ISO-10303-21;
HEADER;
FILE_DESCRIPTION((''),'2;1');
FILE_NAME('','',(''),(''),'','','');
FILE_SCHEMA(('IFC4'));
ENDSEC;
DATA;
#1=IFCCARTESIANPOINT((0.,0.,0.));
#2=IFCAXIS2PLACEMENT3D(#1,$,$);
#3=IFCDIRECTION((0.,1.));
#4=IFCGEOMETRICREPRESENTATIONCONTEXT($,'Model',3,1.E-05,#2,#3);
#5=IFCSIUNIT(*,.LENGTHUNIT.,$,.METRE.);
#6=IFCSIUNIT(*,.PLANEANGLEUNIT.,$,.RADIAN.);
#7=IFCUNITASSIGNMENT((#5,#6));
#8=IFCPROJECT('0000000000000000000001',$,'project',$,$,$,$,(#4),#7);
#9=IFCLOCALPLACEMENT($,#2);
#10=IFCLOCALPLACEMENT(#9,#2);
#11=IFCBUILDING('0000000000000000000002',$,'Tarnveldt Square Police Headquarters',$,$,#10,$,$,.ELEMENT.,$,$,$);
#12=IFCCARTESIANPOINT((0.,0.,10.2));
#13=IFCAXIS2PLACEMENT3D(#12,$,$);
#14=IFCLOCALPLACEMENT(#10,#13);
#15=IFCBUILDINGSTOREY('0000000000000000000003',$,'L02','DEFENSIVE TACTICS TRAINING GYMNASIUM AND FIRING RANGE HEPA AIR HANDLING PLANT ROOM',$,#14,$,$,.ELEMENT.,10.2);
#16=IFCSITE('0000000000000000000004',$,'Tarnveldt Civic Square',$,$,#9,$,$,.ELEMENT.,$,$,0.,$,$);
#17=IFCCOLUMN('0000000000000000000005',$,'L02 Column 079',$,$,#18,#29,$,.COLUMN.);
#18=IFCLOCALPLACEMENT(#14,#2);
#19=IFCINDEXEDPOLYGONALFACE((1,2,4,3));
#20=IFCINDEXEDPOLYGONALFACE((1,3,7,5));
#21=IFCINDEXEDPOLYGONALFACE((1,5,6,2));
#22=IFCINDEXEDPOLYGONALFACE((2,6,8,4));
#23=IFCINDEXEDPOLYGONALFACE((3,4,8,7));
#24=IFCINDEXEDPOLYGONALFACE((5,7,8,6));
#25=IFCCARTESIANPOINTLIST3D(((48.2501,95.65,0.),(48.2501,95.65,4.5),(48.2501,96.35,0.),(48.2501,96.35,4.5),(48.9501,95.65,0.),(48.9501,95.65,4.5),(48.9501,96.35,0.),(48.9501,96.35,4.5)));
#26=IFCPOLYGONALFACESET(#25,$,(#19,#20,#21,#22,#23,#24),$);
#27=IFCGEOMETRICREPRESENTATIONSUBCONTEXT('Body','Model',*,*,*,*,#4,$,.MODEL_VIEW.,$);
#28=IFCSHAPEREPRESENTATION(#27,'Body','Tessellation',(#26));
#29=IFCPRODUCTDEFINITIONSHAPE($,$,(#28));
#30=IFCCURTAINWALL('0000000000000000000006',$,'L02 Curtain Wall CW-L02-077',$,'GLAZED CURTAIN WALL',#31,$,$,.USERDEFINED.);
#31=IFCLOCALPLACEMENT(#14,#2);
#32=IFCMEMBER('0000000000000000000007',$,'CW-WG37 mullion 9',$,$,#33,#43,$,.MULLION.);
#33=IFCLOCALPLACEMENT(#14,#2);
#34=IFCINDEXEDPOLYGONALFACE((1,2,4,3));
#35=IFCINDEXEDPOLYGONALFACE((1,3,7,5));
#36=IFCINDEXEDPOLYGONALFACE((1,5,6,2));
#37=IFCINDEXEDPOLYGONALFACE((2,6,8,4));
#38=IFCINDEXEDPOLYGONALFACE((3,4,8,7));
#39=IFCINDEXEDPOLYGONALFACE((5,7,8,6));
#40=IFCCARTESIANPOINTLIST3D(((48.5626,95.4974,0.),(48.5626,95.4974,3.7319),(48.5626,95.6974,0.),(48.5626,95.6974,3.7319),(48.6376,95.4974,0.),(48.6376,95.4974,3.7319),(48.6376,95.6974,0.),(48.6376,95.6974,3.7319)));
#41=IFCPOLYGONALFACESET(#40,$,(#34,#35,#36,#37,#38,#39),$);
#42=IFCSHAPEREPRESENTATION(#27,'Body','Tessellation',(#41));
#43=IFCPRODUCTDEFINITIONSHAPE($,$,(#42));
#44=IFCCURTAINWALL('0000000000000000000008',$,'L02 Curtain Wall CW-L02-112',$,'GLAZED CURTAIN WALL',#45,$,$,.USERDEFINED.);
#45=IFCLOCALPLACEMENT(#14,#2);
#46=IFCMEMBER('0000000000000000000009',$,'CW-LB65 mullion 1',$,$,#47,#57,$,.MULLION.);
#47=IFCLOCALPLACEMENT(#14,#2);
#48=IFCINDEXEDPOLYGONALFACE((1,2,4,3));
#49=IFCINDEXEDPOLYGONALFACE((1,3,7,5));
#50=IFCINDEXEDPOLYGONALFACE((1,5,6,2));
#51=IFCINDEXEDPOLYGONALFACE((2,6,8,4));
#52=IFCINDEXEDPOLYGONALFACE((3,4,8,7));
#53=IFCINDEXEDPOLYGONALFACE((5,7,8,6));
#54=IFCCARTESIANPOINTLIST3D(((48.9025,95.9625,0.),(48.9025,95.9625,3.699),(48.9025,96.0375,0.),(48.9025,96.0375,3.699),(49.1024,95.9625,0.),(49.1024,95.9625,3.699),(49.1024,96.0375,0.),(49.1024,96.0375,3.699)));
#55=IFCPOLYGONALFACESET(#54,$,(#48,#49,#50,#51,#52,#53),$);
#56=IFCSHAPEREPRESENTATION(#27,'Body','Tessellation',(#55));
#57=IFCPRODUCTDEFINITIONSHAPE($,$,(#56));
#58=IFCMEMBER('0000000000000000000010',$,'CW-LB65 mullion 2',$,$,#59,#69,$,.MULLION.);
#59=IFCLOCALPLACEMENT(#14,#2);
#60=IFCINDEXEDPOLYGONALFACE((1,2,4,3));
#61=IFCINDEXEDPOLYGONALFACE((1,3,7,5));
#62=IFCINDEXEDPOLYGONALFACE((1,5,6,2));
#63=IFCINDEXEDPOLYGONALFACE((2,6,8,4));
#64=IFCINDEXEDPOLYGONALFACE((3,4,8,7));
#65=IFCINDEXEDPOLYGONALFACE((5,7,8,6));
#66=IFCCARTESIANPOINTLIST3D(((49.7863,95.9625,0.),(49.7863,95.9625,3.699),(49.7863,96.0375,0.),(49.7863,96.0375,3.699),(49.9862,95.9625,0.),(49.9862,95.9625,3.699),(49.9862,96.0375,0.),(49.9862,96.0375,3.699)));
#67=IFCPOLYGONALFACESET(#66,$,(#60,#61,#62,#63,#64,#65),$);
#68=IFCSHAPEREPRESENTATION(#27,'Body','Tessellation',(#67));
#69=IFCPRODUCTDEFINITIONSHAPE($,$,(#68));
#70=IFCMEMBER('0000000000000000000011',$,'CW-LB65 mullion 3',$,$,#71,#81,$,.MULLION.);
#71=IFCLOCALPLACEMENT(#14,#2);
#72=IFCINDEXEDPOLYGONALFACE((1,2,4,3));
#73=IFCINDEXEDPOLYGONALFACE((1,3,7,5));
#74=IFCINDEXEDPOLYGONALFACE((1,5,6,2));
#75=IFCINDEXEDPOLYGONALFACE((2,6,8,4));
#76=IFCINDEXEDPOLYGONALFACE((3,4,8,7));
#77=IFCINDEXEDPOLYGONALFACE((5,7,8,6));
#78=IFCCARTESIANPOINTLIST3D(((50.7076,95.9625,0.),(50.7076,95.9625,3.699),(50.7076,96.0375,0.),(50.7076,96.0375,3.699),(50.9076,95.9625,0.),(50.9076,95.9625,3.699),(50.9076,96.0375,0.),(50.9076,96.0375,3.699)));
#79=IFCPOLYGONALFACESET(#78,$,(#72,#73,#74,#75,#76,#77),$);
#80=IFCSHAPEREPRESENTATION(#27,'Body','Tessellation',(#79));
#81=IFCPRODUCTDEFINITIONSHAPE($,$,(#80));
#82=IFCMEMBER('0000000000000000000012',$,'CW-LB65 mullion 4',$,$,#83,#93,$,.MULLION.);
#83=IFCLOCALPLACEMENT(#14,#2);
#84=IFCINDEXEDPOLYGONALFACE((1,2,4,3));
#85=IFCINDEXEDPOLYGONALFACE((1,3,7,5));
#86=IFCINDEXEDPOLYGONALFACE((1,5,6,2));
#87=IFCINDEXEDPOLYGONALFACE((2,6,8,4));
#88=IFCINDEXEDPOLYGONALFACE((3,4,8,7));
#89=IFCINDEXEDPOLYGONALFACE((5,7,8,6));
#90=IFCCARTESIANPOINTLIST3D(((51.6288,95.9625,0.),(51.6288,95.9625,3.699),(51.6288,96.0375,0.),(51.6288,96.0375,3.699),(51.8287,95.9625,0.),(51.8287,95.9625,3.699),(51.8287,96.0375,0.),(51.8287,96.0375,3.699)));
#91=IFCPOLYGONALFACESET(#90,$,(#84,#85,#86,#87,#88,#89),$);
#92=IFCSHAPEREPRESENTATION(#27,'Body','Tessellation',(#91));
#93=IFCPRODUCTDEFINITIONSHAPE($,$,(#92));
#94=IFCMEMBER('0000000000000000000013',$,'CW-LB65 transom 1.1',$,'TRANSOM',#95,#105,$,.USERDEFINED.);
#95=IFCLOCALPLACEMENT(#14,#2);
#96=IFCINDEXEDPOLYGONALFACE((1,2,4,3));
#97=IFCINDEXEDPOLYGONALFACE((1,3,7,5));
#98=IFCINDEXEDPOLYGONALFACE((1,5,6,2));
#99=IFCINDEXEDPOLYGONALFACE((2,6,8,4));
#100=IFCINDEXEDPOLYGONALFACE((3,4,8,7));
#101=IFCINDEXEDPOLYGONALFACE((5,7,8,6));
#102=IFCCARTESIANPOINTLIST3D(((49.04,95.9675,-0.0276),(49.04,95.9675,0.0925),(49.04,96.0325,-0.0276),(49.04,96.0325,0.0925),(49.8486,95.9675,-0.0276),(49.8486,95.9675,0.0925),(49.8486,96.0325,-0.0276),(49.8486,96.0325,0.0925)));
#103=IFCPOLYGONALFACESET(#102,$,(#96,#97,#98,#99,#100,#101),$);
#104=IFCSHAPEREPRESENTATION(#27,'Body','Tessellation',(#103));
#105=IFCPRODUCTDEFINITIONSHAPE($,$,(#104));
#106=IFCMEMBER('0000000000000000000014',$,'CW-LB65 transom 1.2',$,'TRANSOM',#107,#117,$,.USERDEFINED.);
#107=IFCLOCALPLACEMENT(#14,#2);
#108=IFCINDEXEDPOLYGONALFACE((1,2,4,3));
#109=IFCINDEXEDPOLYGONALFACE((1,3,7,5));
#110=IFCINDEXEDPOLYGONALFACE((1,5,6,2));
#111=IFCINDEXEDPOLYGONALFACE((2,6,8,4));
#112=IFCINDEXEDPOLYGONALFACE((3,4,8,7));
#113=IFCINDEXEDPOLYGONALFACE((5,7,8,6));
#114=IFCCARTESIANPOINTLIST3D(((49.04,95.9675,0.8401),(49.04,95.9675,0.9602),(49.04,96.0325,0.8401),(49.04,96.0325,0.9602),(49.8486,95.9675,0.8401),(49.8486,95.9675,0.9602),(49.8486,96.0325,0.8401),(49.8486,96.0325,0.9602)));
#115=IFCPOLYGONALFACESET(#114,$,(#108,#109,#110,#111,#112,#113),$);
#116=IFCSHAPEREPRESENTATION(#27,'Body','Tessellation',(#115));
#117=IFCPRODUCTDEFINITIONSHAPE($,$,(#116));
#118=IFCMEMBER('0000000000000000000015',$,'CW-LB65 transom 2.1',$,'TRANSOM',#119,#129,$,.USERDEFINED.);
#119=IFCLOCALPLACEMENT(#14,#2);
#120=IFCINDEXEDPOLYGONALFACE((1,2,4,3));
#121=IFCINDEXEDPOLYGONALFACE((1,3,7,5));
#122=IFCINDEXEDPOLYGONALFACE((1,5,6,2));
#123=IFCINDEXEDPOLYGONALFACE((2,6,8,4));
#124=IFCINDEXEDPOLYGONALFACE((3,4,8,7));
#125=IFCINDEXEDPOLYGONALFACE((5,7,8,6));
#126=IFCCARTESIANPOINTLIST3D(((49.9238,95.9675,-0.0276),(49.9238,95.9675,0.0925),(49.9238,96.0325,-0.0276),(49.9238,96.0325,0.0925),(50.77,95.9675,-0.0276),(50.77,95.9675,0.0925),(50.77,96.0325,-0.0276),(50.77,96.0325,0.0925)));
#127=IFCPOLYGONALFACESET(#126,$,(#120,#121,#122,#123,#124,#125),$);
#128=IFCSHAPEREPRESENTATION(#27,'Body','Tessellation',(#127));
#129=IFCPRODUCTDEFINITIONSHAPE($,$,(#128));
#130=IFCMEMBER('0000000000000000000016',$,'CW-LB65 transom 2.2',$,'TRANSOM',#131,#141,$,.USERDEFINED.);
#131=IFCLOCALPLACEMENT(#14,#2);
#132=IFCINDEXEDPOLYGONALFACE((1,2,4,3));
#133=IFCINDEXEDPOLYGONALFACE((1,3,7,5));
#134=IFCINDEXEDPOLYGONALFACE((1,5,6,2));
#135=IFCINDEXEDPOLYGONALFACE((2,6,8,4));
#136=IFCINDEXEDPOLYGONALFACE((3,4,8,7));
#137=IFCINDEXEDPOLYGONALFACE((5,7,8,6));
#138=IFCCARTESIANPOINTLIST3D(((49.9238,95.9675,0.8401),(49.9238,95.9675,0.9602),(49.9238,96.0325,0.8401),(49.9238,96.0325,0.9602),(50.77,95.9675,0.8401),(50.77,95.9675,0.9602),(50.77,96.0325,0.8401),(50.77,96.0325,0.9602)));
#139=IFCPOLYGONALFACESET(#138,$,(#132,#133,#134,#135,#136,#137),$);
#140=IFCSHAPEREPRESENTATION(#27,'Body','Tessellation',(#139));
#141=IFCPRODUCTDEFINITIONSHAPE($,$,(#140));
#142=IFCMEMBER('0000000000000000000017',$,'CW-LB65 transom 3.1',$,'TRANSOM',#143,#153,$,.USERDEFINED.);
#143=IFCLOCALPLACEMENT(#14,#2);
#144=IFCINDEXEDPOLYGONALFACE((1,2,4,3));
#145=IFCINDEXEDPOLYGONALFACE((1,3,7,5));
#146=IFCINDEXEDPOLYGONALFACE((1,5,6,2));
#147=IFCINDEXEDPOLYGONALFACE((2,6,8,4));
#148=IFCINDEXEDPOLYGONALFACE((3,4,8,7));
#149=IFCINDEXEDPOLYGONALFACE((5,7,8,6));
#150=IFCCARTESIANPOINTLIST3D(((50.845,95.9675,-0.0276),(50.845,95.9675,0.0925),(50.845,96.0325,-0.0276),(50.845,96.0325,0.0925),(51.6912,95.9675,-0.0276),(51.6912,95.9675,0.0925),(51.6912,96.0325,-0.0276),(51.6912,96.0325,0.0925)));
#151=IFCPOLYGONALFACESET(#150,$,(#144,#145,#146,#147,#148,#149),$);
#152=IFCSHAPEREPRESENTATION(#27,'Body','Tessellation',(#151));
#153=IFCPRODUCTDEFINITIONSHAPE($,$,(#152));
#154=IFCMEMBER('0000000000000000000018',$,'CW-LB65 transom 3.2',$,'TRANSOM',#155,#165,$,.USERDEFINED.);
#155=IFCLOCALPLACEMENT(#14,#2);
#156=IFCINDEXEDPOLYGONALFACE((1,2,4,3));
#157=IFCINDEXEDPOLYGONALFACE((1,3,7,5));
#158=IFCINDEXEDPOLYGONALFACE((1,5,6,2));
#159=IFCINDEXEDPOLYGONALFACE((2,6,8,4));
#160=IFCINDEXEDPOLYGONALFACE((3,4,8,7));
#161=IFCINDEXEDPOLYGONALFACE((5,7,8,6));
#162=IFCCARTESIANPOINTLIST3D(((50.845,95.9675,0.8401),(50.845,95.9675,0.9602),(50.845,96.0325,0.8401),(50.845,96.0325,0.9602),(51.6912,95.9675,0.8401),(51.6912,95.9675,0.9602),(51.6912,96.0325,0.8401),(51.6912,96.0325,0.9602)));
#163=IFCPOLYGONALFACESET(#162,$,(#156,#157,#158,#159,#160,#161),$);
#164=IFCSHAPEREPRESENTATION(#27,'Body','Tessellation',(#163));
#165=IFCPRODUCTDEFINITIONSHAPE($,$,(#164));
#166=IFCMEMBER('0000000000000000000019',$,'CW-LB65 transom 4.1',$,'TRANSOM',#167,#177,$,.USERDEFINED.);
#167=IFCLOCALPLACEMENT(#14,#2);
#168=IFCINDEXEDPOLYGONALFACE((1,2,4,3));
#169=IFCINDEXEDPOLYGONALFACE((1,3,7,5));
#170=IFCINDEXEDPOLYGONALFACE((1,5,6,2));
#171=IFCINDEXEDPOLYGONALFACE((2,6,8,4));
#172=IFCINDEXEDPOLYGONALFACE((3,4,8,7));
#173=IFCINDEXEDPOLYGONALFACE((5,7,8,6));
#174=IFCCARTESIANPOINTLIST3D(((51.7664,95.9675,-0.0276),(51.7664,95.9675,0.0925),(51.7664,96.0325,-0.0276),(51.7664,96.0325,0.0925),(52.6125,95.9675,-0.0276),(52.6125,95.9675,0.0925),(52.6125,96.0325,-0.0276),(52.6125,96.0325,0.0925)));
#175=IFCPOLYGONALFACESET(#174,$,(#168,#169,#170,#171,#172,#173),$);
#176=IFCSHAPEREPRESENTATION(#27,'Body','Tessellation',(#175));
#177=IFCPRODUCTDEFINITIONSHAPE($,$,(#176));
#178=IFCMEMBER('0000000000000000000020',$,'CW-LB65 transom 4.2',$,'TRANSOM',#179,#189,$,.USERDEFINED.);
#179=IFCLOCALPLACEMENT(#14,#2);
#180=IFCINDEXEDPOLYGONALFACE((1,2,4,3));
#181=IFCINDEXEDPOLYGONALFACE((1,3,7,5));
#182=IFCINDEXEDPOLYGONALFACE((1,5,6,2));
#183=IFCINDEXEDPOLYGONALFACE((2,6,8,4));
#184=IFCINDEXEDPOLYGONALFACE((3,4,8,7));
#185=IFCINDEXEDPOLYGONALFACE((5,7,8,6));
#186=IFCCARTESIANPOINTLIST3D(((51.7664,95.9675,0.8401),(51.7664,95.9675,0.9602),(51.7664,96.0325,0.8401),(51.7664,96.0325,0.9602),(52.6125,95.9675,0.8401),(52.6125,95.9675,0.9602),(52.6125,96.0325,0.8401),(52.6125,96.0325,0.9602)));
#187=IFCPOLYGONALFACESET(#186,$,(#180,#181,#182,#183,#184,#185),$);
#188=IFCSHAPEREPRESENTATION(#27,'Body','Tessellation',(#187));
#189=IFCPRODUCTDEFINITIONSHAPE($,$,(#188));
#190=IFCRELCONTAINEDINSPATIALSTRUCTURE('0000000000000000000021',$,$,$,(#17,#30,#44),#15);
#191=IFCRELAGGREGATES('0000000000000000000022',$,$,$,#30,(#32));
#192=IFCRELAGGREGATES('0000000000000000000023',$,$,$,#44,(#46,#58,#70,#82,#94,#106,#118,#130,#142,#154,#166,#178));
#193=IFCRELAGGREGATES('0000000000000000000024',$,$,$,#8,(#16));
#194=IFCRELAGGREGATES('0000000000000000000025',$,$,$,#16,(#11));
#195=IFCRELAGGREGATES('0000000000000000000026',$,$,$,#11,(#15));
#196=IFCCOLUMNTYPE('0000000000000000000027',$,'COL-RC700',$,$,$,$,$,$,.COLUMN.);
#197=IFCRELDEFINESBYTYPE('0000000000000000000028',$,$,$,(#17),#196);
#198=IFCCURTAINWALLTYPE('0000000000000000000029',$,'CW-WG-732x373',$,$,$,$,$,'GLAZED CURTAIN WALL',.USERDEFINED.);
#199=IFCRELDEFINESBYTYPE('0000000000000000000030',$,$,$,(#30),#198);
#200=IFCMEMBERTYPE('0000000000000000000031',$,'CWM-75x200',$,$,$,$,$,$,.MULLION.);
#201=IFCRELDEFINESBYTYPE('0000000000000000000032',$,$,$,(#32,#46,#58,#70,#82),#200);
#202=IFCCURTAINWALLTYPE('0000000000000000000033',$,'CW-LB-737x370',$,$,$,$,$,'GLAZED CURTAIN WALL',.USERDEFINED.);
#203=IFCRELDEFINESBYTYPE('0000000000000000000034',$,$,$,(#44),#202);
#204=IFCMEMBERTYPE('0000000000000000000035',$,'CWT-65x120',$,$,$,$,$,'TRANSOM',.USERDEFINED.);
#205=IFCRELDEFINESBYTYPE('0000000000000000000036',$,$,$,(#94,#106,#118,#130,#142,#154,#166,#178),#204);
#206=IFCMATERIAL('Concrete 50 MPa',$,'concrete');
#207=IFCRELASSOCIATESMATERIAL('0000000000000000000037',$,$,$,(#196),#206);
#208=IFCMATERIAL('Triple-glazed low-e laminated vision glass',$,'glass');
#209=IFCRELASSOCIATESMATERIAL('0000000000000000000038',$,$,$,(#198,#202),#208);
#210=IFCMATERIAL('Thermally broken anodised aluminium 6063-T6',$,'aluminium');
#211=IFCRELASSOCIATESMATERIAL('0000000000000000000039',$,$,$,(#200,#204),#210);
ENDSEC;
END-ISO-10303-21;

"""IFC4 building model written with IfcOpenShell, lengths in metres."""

from ifc_helpers import new_model, si_unit, direction, frame, origin, origin_2d, place, context, subcontext, project, spatial, rectangle, extrude, material, material_profile, profile_set, type_object, element, aggregate, save


model = new_model("IFC4")

# Units and contexts
model_context = context("Model", 3, precision=1e-05, world=origin(), true_north=direction((0.0, 1.0)))
body_context = subcontext(model_context, "Body", "Model", "MODEL_VIEW")
ifc_project = project(units=[si_unit("LENGTHUNIT", "METRE"), si_unit("PLANEANGLEUNIT", "RADIAN")], contexts=[model_context])

# Site, building, storey
site_placement = place(None, origin())
site = spatial("IfcSite", under=ifc_project, at=site_placement, Name="Tarnveldt Civic Square", CompositionType="ELEMENT", RefElevation=0.0)
building_placement = place(site_placement, origin())
building = spatial("IfcBuilding", under=site, at=building_placement, Name="Tarnveldt Square Police Headquarters", CompositionType="ELEMENT")
storey_placement = place(building_placement, frame((0.0, 0.0, 10.2)))
storey = spatial("IfcBuildingStorey", under=building, at=storey_placement, Name="L02", Description="DEFENSIVE TACTICS TRAINING GYMNASIUM AND FIRING RANGE HEPA AIR HANDLING PLANT ROOM", CompositionType="ELEMENT", Elevation=10.2)

# Column
ifc_material_1 = material(Name="Concrete 50 MPa", Category="concrete")
ifc_material_profile_1 = material_profile(ifc_material_1, rectangle(XDim=0.7, YDim=0.7, at=origin_2d()), Name="RC-C700x700")
ifc_profile_set_1 = profile_set([ifc_material_profile_1], Name="Concrete 50 MPa")
column_type = type_object("IfcColumnType", Name="COL-RC700", PredefinedType="COLUMN", material=ifc_profile_set_1)
column_placement = place(storey_placement, frame((48.6001, 96.0, 0.0), z_axis=(0.0, 0.0, 1.0), x_axis=(1.0, 0.0, 0.0)))
element("IfcColumn", 1, at=column_placement, inside=storey, type_object=column_type, Name="L02 Column 079", PredefinedType="COLUMN", context=body_context, shape_type="SweptSolid", body=[
    extrude(rectangle(XDim=0.7, YDim=0.7, at=origin_2d()), origin(), (0.0, 0.0, 1.0), 4.5),
])

# Curtain wall, member
ifc_material_2 = material(Name="Triple-glazed low-e laminated vision glass", Category="glass")
curtain_wall_type_1 = type_object("IfcCurtainWallType", Name="CW-WG-732x373", ElementType="GLAZED CURTAIN WALL", PredefinedType="USERDEFINED", material=ifc_material_2)
curtain_wall_1_placement = place(storey_placement, origin())
curtain_wall_1 = element("IfcCurtainWall", 2, at=curtain_wall_1_placement, inside=storey, type_object=curtain_wall_type_1, Name="L02 Curtain Wall CW-L02-077", ObjectType="GLAZED CURTAIN WALL", PredefinedType="USERDEFINED")
ifc_material_3 = material(Name="Thermally broken anodised aluminium 6063-T6", Category="aluminium")
ifc_material_profile_2 = material_profile(ifc_material_3, rectangle(XDim=0.075, YDim=0.2, at=origin_2d()), Name="CW-M75x200")
ifc_profile_set_2 = profile_set([ifc_material_profile_2], Name="Thermally broken anodised aluminium 6063-T6")
member_type_1 = type_object("IfcMemberType", Name="CWM-75x200", PredefinedType="MULLION", material=ifc_profile_set_2)
member_1_placement = place(storey_placement, frame((48.6001, 95.5974, 0.0), z_axis=(0.0, 0.0, 1.0), x_axis=(-1.0, 0.0, 0.0)))
member_1 = element("IfcMember", 3, at=member_1_placement, type_object=member_type_1, Name="CW-WG37 mullion 9", PredefinedType="MULLION", context=body_context, shape_type="SweptSolid", body=[
    extrude(rectangle(XDim=0.075, YDim=0.2, at=origin_2d()), origin(), (0.0, 0.0, 1.0), 3.7319),
])

# Curtain wall, members
curtain_wall_type_2 = type_object("IfcCurtainWallType", Name="CW-LB-737x370", ElementType="GLAZED CURTAIN WALL", PredefinedType="USERDEFINED", material=ifc_material_2)
curtain_wall_2_placement = place(storey_placement, origin())
curtain_wall_2 = element("IfcCurtainWall", 4, at=curtain_wall_2_placement, inside=storey, type_object=curtain_wall_type_2, Name="L02 Curtain Wall CW-L02-112", ObjectType="GLAZED CURTAIN WALL", PredefinedType="USERDEFINED")
member_2_placement = place(storey_placement, frame((49.0024, 96.0, 0.0), z_axis=(0.0, 0.0, 1.0), x_axis=(0.0, 1.0, 0.0)))
member_2 = element("IfcMember", 5, at=member_2_placement, type_object=member_type_1, Name="CW-LB65 mullion 1", PredefinedType="MULLION", context=body_context, shape_type="SweptSolid", body=[
    extrude(rectangle(XDim=0.075, YDim=0.2, at=origin_2d()), origin(), (0.0, 0.0, 1.0), 3.699),
])
member_3_placement = place(storey_placement, frame((49.8862, 96.0, 0.0), z_axis=(0.0, 0.0, 1.0), x_axis=(0.0, 1.0, 0.0)))
member_3 = element("IfcMember", 6, at=member_3_placement, type_object=member_type_1, Name="CW-LB65 mullion 2", PredefinedType="MULLION", context=body_context, shape_type="SweptSolid", body=[
    extrude(rectangle(XDim=0.075, YDim=0.2, at=origin_2d()), origin(), (0.0, 0.0, 1.0), 3.699),
])
member_4_placement = place(storey_placement, frame((50.8076, 96.0, 0.0), z_axis=(0.0, 0.0, 1.0), x_axis=(0.0, 1.0, 0.0)))
member_4 = element("IfcMember", 7, at=member_4_placement, type_object=member_type_1, Name="CW-LB65 mullion 3", PredefinedType="MULLION", context=body_context, shape_type="SweptSolid", body=[
    extrude(rectangle(XDim=0.075, YDim=0.2, at=origin_2d()), origin(), (0.0, 0.0, 1.0), 3.699),
])
member_5_placement = place(storey_placement, frame((51.7288, 96.0, 0.0), z_axis=(0.0, 0.0, 1.0), x_axis=(0.0, 1.0, 0.0)))
member_5 = element("IfcMember", 8, at=member_5_placement, type_object=member_type_1, Name="CW-LB65 mullion 4", PredefinedType="MULLION", context=body_context, shape_type="SweptSolid", body=[
    extrude(rectangle(XDim=0.075, YDim=0.2, at=origin_2d()), origin(), (0.0, 0.0, 1.0), 3.699),
])
ifc_material_profile_3 = material_profile(ifc_material_3, rectangle(XDim=0.0649, YDim=0.1201, at=origin_2d()), Name="CW-T65x120")
ifc_profile_set_3 = profile_set([ifc_material_profile_3], Name="Thermally broken anodised aluminium 6063-T6")
member_type_2 = type_object("IfcMemberType", Name="CWT-65x120", ElementType="TRANSOM", PredefinedType="USERDEFINED", material=ifc_profile_set_3)
member_6_placement = place(storey_placement, frame((49.04, 96.0, 0.0325), z_axis=(1.0, 0.0, 0.0), x_axis=(0.0, 1.0, 0.0)))
member_6 = element("IfcMember", 9, at=member_6_placement, type_object=member_type_2, Name="CW-LB65 transom 1.1", ObjectType="TRANSOM", PredefinedType="USERDEFINED", context=body_context, shape_type="SweptSolid", body=[
    extrude(rectangle(XDim=0.0649, YDim=0.1201, at=origin_2d()), origin(), (0.0, 0.0, 1.0), 0.8086),
])
member_7_placement = place(storey_placement, frame((49.04, 96.0, 0.9001), z_axis=(1.0, 0.0, 0.0), x_axis=(0.0, 1.0, 0.0)))
member_7 = element("IfcMember", 10, at=member_7_placement, type_object=member_type_2, Name="CW-LB65 transom 1.2", ObjectType="TRANSOM", PredefinedType="USERDEFINED", context=body_context, shape_type="SweptSolid", body=[
    extrude(rectangle(XDim=0.0649, YDim=0.1201, at=origin_2d()), origin(), (0.0, 0.0, 1.0), 0.8086),
])
member_8_placement = place(storey_placement, frame((49.9238, 96.0, 0.0325), z_axis=(1.0, 0.0, 0.0), x_axis=(0.0, 1.0, 0.0)))
member_8 = element("IfcMember", 11, at=member_8_placement, type_object=member_type_2, Name="CW-LB65 transom 2.1", ObjectType="TRANSOM", PredefinedType="USERDEFINED", context=body_context, shape_type="SweptSolid", body=[
    extrude(rectangle(XDim=0.0649, YDim=0.1201, at=origin_2d()), origin(), (0.0, 0.0, 1.0), 0.8462),
])
member_9_placement = place(storey_placement, frame((49.9238, 96.0, 0.9001), z_axis=(1.0, 0.0, 0.0), x_axis=(0.0, 1.0, 0.0)))
member_9 = element("IfcMember", 12, at=member_9_placement, type_object=member_type_2, Name="CW-LB65 transom 2.2", ObjectType="TRANSOM", PredefinedType="USERDEFINED", context=body_context, shape_type="SweptSolid", body=[
    extrude(rectangle(XDim=0.0649, YDim=0.1201, at=origin_2d()), origin(), (0.0, 0.0, 1.0), 0.8462),
])
member_10_placement = place(storey_placement, frame((50.845, 96.0, 0.0325), z_axis=(1.0, 0.0, 0.0), x_axis=(0.0, 1.0, 0.0)))
member_10 = element("IfcMember", 13, at=member_10_placement, type_object=member_type_2, Name="CW-LB65 transom 3.1", ObjectType="TRANSOM", PredefinedType="USERDEFINED", context=body_context, shape_type="SweptSolid", body=[
    extrude(rectangle(XDim=0.0649, YDim=0.1201, at=origin_2d()), origin(), (0.0, 0.0, 1.0), 0.8462),
])
member_11_placement = place(storey_placement, frame((50.845, 96.0, 0.9001), z_axis=(1.0, 0.0, 0.0), x_axis=(0.0, 1.0, 0.0)))
member_11 = element("IfcMember", 14, at=member_11_placement, type_object=member_type_2, Name="CW-LB65 transom 3.2", ObjectType="TRANSOM", PredefinedType="USERDEFINED", context=body_context, shape_type="SweptSolid", body=[
    extrude(rectangle(XDim=0.0649, YDim=0.1201, at=origin_2d()), origin(), (0.0, 0.0, 1.0), 0.8462),
])
member_12_placement = place(storey_placement, frame((51.7664, 96.0, 0.0325), z_axis=(1.0, 0.0, 0.0), x_axis=(0.0, 1.0, 0.0)))
member_12 = element("IfcMember", 15, at=member_12_placement, type_object=member_type_2, Name="CW-LB65 transom 4.1", ObjectType="TRANSOM", PredefinedType="USERDEFINED", context=body_context, shape_type="SweptSolid", body=[
    extrude(rectangle(XDim=0.0649, YDim=0.1201, at=origin_2d()), origin(), (0.0, 0.0, 1.0), 0.8462),
])
member_13_placement = place(storey_placement, frame((51.7664, 96.0, 0.9001), z_axis=(1.0, 0.0, 0.0), x_axis=(0.0, 1.0, 0.0)))
member_13 = element("IfcMember", 16, at=member_13_placement, type_object=member_type_2, Name="CW-LB65 transom 4.2", ObjectType="TRANSOM", PredefinedType="USERDEFINED", context=body_context, shape_type="SweptSolid", body=[
    extrude(rectangle(XDim=0.0649, YDim=0.1201, at=origin_2d()), origin(), (0.0, 0.0, 1.0), 0.8462),
])

aggregate(curtain_wall_1, [member_1])
aggregate(curtain_wall_2, [member_2, member_3, member_4, member_5, member_6, member_7, member_8, member_9, member_10, member_11, member_12, member_13])

save(model, "model.ifc")
